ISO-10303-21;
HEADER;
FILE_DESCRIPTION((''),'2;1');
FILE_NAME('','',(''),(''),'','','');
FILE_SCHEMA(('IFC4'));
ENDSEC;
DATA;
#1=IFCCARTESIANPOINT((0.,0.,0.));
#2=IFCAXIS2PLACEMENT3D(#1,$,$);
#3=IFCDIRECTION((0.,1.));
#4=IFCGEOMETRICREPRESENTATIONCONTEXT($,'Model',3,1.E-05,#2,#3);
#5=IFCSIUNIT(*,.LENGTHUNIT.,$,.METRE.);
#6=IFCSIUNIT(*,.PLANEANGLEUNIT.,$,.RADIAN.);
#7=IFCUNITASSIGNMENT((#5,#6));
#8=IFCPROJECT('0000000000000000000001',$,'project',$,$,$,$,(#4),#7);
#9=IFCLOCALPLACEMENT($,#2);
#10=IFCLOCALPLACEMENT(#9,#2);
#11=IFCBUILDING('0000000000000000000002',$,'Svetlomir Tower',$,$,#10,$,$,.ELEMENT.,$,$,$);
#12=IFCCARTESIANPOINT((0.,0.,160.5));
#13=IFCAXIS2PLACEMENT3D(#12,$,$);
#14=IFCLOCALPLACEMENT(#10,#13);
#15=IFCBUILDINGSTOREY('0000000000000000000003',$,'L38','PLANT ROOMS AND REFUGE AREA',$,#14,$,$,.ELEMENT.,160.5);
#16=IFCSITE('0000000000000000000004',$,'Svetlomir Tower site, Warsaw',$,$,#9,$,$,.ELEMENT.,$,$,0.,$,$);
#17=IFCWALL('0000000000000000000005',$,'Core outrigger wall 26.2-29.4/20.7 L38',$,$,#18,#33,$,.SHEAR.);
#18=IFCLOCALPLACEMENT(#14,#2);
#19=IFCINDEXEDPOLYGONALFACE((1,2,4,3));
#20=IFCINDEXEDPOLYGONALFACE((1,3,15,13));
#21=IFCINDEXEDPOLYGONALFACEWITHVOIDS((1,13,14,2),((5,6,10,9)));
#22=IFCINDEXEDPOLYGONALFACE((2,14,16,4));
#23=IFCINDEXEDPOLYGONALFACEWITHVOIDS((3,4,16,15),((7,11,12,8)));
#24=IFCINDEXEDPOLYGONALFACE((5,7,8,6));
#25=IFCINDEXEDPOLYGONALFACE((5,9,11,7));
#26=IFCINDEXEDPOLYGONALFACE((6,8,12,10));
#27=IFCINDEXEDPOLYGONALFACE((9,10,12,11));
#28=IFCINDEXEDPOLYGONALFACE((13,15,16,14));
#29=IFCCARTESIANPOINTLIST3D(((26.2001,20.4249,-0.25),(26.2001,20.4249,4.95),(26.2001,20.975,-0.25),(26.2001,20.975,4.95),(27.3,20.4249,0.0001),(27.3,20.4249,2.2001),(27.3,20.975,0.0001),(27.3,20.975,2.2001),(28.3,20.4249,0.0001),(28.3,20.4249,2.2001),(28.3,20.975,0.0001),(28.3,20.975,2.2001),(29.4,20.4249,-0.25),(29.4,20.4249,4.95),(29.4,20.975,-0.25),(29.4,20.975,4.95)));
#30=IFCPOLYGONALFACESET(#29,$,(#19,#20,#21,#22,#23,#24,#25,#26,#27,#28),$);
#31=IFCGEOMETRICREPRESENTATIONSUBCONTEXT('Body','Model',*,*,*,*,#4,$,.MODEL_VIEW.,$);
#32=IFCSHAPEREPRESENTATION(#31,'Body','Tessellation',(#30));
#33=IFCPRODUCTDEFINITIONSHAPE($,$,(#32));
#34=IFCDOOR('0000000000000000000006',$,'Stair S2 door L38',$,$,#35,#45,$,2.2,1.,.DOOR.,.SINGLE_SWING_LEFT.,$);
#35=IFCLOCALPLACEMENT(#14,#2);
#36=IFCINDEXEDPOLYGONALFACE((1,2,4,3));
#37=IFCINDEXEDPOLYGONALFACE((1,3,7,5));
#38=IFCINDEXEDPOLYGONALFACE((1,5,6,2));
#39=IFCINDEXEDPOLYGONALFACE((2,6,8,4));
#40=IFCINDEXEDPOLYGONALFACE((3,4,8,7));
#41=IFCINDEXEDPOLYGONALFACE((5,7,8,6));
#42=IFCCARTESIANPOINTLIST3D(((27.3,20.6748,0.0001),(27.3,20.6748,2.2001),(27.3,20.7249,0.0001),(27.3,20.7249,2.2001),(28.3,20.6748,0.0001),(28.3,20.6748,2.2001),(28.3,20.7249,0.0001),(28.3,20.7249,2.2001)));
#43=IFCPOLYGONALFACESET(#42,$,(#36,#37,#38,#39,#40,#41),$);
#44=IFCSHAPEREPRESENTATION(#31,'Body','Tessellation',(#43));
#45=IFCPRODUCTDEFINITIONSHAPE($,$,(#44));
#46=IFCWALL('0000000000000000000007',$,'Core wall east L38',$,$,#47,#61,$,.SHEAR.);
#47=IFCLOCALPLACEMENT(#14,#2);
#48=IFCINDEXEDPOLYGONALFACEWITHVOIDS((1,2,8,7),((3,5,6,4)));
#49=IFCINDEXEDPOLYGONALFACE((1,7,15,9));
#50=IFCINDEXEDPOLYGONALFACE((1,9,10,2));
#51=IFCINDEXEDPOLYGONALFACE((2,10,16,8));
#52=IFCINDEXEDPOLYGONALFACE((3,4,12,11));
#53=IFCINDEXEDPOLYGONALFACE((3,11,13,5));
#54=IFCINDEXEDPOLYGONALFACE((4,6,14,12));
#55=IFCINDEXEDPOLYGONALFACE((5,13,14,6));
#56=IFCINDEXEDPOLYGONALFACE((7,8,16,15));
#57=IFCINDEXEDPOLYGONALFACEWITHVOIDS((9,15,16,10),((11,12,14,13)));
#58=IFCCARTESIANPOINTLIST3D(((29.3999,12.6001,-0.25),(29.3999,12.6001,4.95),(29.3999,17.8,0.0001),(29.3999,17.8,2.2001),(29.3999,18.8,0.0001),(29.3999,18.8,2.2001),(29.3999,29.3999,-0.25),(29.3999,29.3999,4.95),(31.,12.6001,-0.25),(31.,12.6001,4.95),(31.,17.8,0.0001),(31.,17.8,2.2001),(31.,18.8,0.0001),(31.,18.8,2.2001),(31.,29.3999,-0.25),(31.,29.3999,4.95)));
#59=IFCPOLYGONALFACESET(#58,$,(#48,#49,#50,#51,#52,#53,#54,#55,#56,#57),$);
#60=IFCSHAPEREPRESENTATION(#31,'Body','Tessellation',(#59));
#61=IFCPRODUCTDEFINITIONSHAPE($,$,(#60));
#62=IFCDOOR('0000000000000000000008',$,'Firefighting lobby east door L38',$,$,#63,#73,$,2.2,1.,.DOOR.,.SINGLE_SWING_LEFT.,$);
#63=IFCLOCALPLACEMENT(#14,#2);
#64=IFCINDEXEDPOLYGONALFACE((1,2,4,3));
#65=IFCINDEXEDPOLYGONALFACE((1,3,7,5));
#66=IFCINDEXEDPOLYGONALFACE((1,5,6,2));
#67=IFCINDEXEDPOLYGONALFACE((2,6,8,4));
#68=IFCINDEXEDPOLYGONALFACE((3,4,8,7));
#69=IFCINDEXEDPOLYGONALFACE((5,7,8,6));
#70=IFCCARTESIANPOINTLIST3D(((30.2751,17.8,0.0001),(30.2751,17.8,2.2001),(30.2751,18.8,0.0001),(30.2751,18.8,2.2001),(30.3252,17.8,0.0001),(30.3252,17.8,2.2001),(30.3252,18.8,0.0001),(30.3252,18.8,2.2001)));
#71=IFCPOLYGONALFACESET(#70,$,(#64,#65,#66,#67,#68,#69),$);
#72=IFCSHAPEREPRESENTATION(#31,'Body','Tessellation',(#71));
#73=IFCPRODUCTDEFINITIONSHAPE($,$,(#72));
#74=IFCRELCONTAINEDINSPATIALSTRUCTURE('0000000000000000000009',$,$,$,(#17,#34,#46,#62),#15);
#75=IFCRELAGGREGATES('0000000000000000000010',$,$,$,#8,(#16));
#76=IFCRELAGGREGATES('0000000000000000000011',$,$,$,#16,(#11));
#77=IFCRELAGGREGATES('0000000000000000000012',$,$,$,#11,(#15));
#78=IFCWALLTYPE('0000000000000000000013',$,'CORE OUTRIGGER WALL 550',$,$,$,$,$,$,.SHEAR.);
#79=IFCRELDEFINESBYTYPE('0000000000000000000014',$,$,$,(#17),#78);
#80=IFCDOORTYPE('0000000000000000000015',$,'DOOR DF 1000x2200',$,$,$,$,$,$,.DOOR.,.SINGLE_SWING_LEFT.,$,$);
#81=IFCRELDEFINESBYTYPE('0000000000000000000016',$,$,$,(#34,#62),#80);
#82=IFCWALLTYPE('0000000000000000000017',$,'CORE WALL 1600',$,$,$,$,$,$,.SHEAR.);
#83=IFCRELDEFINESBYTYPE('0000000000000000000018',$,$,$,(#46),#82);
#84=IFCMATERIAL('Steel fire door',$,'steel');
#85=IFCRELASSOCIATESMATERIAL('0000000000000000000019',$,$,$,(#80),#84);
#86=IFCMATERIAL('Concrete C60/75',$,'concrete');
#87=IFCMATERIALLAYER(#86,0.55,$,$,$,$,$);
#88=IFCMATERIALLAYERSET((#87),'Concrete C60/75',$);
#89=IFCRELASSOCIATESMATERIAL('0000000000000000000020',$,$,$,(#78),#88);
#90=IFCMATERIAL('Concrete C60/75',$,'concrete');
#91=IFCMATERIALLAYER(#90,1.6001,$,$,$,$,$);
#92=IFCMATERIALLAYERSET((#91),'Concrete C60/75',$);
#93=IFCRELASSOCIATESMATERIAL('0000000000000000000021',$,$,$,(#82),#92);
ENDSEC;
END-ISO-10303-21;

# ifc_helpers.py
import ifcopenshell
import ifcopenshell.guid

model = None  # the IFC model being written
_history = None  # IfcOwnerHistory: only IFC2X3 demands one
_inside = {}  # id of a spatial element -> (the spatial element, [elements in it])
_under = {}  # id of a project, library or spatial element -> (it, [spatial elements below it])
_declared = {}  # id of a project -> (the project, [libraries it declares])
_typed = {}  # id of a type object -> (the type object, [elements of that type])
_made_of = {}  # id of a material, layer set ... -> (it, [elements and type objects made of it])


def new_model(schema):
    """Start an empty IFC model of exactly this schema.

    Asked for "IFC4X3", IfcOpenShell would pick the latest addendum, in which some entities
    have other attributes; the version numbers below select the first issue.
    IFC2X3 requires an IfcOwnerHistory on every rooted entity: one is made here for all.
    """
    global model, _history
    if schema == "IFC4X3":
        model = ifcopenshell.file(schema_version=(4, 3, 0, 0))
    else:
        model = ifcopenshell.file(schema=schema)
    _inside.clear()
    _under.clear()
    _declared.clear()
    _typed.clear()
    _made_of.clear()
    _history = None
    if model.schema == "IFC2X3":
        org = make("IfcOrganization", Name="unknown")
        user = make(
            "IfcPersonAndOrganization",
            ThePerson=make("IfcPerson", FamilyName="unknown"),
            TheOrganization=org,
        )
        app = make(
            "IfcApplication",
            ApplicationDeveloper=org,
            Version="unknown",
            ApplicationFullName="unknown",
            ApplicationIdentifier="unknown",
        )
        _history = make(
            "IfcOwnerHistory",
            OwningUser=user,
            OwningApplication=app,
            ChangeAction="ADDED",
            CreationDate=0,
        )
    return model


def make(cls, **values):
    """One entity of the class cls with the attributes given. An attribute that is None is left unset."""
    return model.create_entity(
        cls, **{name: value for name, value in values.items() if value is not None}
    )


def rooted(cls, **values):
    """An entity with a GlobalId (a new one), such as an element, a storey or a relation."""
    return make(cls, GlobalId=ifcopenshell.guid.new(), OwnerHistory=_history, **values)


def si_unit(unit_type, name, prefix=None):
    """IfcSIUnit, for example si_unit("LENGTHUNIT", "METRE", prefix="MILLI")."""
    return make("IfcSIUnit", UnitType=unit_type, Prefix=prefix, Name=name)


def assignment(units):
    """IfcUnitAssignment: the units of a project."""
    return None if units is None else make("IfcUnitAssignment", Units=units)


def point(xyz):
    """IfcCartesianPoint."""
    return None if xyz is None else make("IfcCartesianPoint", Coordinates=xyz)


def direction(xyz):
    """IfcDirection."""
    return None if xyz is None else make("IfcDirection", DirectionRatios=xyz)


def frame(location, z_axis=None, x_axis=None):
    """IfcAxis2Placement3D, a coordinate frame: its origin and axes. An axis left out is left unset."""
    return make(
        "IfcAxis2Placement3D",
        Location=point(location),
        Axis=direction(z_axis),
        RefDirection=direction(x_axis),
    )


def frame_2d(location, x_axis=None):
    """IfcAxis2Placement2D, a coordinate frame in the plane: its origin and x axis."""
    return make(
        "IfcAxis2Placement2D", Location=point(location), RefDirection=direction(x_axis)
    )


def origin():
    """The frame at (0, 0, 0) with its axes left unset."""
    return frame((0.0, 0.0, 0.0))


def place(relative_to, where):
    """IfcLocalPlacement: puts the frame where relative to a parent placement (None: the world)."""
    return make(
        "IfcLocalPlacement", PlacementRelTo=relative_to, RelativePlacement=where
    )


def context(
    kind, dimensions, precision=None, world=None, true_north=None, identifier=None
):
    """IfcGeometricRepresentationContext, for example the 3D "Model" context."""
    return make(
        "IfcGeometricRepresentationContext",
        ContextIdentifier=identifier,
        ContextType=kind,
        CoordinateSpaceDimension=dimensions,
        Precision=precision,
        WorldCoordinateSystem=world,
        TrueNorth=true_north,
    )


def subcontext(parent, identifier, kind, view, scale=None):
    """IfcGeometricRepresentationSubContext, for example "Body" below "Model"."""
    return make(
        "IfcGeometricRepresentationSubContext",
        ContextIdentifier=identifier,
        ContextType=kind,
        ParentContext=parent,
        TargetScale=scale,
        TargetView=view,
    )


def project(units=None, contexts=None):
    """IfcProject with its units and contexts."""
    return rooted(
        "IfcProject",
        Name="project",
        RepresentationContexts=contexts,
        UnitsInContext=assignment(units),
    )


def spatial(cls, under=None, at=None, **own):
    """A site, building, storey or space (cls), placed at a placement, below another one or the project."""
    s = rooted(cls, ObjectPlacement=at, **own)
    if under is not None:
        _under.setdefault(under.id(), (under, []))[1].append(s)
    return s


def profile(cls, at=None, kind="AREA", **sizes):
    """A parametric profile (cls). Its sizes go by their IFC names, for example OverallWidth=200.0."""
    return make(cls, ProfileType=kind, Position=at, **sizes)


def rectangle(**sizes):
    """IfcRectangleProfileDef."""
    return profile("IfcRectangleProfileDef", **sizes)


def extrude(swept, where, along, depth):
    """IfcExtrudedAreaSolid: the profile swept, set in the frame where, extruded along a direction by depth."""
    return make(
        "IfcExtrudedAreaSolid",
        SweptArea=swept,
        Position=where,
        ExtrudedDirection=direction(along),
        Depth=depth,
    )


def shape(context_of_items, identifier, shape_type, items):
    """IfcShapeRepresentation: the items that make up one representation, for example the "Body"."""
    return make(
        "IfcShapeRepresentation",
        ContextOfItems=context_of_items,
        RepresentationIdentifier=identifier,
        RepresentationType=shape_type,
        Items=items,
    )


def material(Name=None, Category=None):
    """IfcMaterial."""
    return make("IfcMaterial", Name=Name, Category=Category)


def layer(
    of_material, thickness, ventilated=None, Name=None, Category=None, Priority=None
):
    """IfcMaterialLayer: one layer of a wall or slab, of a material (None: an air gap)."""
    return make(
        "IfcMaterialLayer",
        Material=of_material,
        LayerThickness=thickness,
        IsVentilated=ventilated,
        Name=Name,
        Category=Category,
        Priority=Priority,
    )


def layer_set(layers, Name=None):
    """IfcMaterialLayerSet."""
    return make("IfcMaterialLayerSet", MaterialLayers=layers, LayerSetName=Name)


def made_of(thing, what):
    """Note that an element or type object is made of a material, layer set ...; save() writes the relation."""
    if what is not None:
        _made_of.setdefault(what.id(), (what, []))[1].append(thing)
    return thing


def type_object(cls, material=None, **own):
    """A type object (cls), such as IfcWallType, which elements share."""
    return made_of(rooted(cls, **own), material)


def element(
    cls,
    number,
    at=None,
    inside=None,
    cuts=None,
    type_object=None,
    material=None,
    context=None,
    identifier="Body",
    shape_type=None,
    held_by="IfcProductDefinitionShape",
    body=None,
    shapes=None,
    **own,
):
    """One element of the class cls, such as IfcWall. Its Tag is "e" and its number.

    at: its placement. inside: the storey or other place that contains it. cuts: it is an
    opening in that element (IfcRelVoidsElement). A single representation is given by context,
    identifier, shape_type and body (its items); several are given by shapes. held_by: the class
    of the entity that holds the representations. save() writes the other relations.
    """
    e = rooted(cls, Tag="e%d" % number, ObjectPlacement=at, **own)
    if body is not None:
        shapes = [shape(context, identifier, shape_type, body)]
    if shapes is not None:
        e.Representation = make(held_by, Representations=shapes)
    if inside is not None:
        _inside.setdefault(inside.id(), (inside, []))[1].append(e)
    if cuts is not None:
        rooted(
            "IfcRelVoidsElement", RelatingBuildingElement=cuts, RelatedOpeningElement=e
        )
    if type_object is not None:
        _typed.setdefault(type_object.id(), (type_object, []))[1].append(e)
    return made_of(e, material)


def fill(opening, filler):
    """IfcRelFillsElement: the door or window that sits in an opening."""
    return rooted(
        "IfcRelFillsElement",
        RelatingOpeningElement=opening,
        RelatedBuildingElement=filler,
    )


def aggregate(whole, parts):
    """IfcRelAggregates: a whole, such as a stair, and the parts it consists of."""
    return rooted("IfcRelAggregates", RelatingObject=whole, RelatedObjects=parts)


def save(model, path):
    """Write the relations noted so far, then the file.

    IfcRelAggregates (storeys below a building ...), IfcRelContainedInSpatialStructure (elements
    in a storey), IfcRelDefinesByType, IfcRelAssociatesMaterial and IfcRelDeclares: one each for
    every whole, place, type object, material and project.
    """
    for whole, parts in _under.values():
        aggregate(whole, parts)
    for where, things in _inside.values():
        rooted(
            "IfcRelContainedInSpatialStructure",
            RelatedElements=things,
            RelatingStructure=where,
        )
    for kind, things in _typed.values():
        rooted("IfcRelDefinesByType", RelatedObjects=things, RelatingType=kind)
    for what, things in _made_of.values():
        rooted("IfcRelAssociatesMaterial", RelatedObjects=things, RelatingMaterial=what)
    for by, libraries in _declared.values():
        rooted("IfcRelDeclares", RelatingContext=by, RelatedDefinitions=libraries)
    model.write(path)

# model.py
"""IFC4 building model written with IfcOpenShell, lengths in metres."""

from ifc_helpers import new_model, si_unit, direction, frame, frame_2d, origin, place, context, subcontext, project, spatial, rectangle, extrude, material, layer, layer_set, type_object, element, fill, save


model = new_model("IFC4")

# Units and contexts
model_context = context("Model", 3, precision=1e-05, world=origin(), true_north=direction((0.0, 1.0)))
body_context = subcontext(model_context, "Body", "Model", "MODEL_VIEW")
ifc_project = project(units=[si_unit("LENGTHUNIT", "METRE"), si_unit("PLANEANGLEUNIT", "RADIAN")], contexts=[model_context])

# Site, building, storey
site_placement = place(None, origin())
site = spatial("IfcSite", under=ifc_project, at=site_placement, Name="Svetlomir Tower site, Warsaw", CompositionType="ELEMENT", RefElevation=0.0)
building_placement = place(site_placement, origin())
building = spatial("IfcBuilding", under=site, at=building_placement, Name="Svetlomir Tower", CompositionType="ELEMENT")
storey_placement = place(building_placement, frame((0.0, 0.0, 160.5)))
storey = spatial("IfcBuildingStorey", under=building, at=storey_placement, Name="L38", Description="PLANT ROOMS AND REFUGE AREA", CompositionType="ELEMENT", Elevation=160.5)

# Shared definitions
ifc_material_1 = material(Name="Steel fire door", Category="steel")
door_type_1 = type_object("IfcDoorType", Name="DOOR DF 1000x2200", OperationType="SINGLE_SWING_LEFT", PredefinedType="DOOR", material=ifc_material_1)

# Walls, openings, doors
ifc_material_2 = material(Name="Concrete C60/75", Category="concrete")
ifc_layer_1 = layer(ifc_material_2, 0.55)
ifc_layer_set_1 = layer_set([ifc_layer_1], Name="Concrete C60/75")
wall_type_1 = type_object("IfcWallType", Name="CORE OUTRIGGER WALL 550", PredefinedType="SHEAR", material=ifc_layer_set_1)
wall_1_placement = place(storey_placement, frame((26.2, 20.7, -0.25), z_axis=(0.0, 0.0, 1.0), x_axis=(1.0, 0.0, 0.0)))
wall_1 = element("IfcWall", 1, at=wall_1_placement, inside=storey, type_object=wall_type_1, Name="Core outrigger wall 26.2-29.4/20.7 L38", PredefinedType="SHEAR", context=body_context, shape_type="SweptSolid", body=[
    extrude(rectangle(XDim=3.2, YDim=0.55, at=frame_2d((1.6001, 0.0))), origin(), (0.0, 0.0, 1.0), 5.2),
])
opening_1_placement = place(wall_1_placement, frame((1.1001, 0.0, 0.25)))
opening_1 = element("IfcOpeningElement", 2, at=opening_1_placement, cuts=wall_1, PredefinedType="OPENING", context=body_context, shape_type="SweptSolid", body=[
    extrude(rectangle(XDim=1.0, YDim=2.2, at=frame_2d((0.5, 1.1001))), frame((0.0, 0.2852, 0.0), z_axis=(0.0, -1.0, 0.0), x_axis=(1.0, 0.0, 0.0)), (0.0, 0.0, 1.0), 0.5701),
])
door_1_placement = place(opening_1_placement, origin())
door_1 = element("IfcDoor", 3, at=door_1_placement, inside=storey, type_object=door_type_1, Name="Stair S2 door L38", OperationType="SINGLE_SWING_LEFT", OverallHeight=2.2, OverallWidth=1.0, PredefinedType="DOOR", context=body_context, shape_type="SweptSolid", body=[
    extrude(rectangle(XDim=1.0, YDim=2.2, at=frame_2d((0.5, 1.1001))), frame((0.0, 0.0249, 0.0), z_axis=(0.0, -1.0, 0.0), x_axis=(1.0, 0.0, 0.0)), (0.0, 0.0, 1.0), 0.05),
])
fill(opening_1, door_1)
ifc_material_3 = material(Name="Concrete C60/75", Category="concrete")
ifc_layer_2 = layer(ifc_material_3, 1.6001)
ifc_layer_set_2 = layer_set([ifc_layer_2], Name="Concrete C60/75")
wall_type_2 = type_object("IfcWallType", Name="CORE WALL 1600", PredefinedType="SHEAR", material=ifc_layer_set_2)
wall_2_placement = place(storey_placement, frame((30.2, 12.6001, -0.25), z_axis=(0.0, 0.0, 1.0), x_axis=(0.0, 1.0, 0.0)))
wall_2 = element("IfcWall", 4, at=wall_2_placement, inside=storey, type_object=wall_type_2, Name="Core wall east L38", PredefinedType="SHEAR", context=body_context, shape_type="SweptSolid", body=[
    extrude(rectangle(XDim=16.7998, YDim=1.6001, at=frame_2d((8.3999, 0.0))), origin(), (0.0, 0.0, 1.0), 5.2),
])
opening_2_placement = place(wall_2_placement, frame((5.2, 0.0, 0.25)))
opening_2 = element("IfcOpeningElement", 5, at=opening_2_placement, cuts=wall_2, PredefinedType="OPENING", context=body_context, shape_type="SweptSolid", body=[
    extrude(rectangle(XDim=1.0, YDim=2.2, at=frame_2d((0.5, 1.1001))), frame((0.0, 0.8101, 0.0), z_axis=(0.0, -1.0, 0.0), x_axis=(1.0, 0.0, 0.0)), (0.0, 0.0, 1.0), 1.6201),
])
door_2_placement = place(opening_2_placement, origin())
door_2 = element("IfcDoor", 6, at=door_2_placement, inside=storey, type_object=door_type_1, Name="Firefighting lobby east door L38", OperationType="SINGLE_SWING_LEFT", OverallHeight=2.2, OverallWidth=1.0, PredefinedType="DOOR", context=body_context, shape_type="SweptSolid", body=[
    extrude(rectangle(XDim=1.0, YDim=2.2, at=frame_2d((0.5, 1.1001))), frame((0.0, -0.0752, 0.0), z_axis=(0.0, -1.0, 0.0), x_axis=(1.0, 0.0, 0.0)), (0.0, 0.0, 1.0), 0.05),
])
fill(opening_2, door_2)

save(model, "model.ifc")
